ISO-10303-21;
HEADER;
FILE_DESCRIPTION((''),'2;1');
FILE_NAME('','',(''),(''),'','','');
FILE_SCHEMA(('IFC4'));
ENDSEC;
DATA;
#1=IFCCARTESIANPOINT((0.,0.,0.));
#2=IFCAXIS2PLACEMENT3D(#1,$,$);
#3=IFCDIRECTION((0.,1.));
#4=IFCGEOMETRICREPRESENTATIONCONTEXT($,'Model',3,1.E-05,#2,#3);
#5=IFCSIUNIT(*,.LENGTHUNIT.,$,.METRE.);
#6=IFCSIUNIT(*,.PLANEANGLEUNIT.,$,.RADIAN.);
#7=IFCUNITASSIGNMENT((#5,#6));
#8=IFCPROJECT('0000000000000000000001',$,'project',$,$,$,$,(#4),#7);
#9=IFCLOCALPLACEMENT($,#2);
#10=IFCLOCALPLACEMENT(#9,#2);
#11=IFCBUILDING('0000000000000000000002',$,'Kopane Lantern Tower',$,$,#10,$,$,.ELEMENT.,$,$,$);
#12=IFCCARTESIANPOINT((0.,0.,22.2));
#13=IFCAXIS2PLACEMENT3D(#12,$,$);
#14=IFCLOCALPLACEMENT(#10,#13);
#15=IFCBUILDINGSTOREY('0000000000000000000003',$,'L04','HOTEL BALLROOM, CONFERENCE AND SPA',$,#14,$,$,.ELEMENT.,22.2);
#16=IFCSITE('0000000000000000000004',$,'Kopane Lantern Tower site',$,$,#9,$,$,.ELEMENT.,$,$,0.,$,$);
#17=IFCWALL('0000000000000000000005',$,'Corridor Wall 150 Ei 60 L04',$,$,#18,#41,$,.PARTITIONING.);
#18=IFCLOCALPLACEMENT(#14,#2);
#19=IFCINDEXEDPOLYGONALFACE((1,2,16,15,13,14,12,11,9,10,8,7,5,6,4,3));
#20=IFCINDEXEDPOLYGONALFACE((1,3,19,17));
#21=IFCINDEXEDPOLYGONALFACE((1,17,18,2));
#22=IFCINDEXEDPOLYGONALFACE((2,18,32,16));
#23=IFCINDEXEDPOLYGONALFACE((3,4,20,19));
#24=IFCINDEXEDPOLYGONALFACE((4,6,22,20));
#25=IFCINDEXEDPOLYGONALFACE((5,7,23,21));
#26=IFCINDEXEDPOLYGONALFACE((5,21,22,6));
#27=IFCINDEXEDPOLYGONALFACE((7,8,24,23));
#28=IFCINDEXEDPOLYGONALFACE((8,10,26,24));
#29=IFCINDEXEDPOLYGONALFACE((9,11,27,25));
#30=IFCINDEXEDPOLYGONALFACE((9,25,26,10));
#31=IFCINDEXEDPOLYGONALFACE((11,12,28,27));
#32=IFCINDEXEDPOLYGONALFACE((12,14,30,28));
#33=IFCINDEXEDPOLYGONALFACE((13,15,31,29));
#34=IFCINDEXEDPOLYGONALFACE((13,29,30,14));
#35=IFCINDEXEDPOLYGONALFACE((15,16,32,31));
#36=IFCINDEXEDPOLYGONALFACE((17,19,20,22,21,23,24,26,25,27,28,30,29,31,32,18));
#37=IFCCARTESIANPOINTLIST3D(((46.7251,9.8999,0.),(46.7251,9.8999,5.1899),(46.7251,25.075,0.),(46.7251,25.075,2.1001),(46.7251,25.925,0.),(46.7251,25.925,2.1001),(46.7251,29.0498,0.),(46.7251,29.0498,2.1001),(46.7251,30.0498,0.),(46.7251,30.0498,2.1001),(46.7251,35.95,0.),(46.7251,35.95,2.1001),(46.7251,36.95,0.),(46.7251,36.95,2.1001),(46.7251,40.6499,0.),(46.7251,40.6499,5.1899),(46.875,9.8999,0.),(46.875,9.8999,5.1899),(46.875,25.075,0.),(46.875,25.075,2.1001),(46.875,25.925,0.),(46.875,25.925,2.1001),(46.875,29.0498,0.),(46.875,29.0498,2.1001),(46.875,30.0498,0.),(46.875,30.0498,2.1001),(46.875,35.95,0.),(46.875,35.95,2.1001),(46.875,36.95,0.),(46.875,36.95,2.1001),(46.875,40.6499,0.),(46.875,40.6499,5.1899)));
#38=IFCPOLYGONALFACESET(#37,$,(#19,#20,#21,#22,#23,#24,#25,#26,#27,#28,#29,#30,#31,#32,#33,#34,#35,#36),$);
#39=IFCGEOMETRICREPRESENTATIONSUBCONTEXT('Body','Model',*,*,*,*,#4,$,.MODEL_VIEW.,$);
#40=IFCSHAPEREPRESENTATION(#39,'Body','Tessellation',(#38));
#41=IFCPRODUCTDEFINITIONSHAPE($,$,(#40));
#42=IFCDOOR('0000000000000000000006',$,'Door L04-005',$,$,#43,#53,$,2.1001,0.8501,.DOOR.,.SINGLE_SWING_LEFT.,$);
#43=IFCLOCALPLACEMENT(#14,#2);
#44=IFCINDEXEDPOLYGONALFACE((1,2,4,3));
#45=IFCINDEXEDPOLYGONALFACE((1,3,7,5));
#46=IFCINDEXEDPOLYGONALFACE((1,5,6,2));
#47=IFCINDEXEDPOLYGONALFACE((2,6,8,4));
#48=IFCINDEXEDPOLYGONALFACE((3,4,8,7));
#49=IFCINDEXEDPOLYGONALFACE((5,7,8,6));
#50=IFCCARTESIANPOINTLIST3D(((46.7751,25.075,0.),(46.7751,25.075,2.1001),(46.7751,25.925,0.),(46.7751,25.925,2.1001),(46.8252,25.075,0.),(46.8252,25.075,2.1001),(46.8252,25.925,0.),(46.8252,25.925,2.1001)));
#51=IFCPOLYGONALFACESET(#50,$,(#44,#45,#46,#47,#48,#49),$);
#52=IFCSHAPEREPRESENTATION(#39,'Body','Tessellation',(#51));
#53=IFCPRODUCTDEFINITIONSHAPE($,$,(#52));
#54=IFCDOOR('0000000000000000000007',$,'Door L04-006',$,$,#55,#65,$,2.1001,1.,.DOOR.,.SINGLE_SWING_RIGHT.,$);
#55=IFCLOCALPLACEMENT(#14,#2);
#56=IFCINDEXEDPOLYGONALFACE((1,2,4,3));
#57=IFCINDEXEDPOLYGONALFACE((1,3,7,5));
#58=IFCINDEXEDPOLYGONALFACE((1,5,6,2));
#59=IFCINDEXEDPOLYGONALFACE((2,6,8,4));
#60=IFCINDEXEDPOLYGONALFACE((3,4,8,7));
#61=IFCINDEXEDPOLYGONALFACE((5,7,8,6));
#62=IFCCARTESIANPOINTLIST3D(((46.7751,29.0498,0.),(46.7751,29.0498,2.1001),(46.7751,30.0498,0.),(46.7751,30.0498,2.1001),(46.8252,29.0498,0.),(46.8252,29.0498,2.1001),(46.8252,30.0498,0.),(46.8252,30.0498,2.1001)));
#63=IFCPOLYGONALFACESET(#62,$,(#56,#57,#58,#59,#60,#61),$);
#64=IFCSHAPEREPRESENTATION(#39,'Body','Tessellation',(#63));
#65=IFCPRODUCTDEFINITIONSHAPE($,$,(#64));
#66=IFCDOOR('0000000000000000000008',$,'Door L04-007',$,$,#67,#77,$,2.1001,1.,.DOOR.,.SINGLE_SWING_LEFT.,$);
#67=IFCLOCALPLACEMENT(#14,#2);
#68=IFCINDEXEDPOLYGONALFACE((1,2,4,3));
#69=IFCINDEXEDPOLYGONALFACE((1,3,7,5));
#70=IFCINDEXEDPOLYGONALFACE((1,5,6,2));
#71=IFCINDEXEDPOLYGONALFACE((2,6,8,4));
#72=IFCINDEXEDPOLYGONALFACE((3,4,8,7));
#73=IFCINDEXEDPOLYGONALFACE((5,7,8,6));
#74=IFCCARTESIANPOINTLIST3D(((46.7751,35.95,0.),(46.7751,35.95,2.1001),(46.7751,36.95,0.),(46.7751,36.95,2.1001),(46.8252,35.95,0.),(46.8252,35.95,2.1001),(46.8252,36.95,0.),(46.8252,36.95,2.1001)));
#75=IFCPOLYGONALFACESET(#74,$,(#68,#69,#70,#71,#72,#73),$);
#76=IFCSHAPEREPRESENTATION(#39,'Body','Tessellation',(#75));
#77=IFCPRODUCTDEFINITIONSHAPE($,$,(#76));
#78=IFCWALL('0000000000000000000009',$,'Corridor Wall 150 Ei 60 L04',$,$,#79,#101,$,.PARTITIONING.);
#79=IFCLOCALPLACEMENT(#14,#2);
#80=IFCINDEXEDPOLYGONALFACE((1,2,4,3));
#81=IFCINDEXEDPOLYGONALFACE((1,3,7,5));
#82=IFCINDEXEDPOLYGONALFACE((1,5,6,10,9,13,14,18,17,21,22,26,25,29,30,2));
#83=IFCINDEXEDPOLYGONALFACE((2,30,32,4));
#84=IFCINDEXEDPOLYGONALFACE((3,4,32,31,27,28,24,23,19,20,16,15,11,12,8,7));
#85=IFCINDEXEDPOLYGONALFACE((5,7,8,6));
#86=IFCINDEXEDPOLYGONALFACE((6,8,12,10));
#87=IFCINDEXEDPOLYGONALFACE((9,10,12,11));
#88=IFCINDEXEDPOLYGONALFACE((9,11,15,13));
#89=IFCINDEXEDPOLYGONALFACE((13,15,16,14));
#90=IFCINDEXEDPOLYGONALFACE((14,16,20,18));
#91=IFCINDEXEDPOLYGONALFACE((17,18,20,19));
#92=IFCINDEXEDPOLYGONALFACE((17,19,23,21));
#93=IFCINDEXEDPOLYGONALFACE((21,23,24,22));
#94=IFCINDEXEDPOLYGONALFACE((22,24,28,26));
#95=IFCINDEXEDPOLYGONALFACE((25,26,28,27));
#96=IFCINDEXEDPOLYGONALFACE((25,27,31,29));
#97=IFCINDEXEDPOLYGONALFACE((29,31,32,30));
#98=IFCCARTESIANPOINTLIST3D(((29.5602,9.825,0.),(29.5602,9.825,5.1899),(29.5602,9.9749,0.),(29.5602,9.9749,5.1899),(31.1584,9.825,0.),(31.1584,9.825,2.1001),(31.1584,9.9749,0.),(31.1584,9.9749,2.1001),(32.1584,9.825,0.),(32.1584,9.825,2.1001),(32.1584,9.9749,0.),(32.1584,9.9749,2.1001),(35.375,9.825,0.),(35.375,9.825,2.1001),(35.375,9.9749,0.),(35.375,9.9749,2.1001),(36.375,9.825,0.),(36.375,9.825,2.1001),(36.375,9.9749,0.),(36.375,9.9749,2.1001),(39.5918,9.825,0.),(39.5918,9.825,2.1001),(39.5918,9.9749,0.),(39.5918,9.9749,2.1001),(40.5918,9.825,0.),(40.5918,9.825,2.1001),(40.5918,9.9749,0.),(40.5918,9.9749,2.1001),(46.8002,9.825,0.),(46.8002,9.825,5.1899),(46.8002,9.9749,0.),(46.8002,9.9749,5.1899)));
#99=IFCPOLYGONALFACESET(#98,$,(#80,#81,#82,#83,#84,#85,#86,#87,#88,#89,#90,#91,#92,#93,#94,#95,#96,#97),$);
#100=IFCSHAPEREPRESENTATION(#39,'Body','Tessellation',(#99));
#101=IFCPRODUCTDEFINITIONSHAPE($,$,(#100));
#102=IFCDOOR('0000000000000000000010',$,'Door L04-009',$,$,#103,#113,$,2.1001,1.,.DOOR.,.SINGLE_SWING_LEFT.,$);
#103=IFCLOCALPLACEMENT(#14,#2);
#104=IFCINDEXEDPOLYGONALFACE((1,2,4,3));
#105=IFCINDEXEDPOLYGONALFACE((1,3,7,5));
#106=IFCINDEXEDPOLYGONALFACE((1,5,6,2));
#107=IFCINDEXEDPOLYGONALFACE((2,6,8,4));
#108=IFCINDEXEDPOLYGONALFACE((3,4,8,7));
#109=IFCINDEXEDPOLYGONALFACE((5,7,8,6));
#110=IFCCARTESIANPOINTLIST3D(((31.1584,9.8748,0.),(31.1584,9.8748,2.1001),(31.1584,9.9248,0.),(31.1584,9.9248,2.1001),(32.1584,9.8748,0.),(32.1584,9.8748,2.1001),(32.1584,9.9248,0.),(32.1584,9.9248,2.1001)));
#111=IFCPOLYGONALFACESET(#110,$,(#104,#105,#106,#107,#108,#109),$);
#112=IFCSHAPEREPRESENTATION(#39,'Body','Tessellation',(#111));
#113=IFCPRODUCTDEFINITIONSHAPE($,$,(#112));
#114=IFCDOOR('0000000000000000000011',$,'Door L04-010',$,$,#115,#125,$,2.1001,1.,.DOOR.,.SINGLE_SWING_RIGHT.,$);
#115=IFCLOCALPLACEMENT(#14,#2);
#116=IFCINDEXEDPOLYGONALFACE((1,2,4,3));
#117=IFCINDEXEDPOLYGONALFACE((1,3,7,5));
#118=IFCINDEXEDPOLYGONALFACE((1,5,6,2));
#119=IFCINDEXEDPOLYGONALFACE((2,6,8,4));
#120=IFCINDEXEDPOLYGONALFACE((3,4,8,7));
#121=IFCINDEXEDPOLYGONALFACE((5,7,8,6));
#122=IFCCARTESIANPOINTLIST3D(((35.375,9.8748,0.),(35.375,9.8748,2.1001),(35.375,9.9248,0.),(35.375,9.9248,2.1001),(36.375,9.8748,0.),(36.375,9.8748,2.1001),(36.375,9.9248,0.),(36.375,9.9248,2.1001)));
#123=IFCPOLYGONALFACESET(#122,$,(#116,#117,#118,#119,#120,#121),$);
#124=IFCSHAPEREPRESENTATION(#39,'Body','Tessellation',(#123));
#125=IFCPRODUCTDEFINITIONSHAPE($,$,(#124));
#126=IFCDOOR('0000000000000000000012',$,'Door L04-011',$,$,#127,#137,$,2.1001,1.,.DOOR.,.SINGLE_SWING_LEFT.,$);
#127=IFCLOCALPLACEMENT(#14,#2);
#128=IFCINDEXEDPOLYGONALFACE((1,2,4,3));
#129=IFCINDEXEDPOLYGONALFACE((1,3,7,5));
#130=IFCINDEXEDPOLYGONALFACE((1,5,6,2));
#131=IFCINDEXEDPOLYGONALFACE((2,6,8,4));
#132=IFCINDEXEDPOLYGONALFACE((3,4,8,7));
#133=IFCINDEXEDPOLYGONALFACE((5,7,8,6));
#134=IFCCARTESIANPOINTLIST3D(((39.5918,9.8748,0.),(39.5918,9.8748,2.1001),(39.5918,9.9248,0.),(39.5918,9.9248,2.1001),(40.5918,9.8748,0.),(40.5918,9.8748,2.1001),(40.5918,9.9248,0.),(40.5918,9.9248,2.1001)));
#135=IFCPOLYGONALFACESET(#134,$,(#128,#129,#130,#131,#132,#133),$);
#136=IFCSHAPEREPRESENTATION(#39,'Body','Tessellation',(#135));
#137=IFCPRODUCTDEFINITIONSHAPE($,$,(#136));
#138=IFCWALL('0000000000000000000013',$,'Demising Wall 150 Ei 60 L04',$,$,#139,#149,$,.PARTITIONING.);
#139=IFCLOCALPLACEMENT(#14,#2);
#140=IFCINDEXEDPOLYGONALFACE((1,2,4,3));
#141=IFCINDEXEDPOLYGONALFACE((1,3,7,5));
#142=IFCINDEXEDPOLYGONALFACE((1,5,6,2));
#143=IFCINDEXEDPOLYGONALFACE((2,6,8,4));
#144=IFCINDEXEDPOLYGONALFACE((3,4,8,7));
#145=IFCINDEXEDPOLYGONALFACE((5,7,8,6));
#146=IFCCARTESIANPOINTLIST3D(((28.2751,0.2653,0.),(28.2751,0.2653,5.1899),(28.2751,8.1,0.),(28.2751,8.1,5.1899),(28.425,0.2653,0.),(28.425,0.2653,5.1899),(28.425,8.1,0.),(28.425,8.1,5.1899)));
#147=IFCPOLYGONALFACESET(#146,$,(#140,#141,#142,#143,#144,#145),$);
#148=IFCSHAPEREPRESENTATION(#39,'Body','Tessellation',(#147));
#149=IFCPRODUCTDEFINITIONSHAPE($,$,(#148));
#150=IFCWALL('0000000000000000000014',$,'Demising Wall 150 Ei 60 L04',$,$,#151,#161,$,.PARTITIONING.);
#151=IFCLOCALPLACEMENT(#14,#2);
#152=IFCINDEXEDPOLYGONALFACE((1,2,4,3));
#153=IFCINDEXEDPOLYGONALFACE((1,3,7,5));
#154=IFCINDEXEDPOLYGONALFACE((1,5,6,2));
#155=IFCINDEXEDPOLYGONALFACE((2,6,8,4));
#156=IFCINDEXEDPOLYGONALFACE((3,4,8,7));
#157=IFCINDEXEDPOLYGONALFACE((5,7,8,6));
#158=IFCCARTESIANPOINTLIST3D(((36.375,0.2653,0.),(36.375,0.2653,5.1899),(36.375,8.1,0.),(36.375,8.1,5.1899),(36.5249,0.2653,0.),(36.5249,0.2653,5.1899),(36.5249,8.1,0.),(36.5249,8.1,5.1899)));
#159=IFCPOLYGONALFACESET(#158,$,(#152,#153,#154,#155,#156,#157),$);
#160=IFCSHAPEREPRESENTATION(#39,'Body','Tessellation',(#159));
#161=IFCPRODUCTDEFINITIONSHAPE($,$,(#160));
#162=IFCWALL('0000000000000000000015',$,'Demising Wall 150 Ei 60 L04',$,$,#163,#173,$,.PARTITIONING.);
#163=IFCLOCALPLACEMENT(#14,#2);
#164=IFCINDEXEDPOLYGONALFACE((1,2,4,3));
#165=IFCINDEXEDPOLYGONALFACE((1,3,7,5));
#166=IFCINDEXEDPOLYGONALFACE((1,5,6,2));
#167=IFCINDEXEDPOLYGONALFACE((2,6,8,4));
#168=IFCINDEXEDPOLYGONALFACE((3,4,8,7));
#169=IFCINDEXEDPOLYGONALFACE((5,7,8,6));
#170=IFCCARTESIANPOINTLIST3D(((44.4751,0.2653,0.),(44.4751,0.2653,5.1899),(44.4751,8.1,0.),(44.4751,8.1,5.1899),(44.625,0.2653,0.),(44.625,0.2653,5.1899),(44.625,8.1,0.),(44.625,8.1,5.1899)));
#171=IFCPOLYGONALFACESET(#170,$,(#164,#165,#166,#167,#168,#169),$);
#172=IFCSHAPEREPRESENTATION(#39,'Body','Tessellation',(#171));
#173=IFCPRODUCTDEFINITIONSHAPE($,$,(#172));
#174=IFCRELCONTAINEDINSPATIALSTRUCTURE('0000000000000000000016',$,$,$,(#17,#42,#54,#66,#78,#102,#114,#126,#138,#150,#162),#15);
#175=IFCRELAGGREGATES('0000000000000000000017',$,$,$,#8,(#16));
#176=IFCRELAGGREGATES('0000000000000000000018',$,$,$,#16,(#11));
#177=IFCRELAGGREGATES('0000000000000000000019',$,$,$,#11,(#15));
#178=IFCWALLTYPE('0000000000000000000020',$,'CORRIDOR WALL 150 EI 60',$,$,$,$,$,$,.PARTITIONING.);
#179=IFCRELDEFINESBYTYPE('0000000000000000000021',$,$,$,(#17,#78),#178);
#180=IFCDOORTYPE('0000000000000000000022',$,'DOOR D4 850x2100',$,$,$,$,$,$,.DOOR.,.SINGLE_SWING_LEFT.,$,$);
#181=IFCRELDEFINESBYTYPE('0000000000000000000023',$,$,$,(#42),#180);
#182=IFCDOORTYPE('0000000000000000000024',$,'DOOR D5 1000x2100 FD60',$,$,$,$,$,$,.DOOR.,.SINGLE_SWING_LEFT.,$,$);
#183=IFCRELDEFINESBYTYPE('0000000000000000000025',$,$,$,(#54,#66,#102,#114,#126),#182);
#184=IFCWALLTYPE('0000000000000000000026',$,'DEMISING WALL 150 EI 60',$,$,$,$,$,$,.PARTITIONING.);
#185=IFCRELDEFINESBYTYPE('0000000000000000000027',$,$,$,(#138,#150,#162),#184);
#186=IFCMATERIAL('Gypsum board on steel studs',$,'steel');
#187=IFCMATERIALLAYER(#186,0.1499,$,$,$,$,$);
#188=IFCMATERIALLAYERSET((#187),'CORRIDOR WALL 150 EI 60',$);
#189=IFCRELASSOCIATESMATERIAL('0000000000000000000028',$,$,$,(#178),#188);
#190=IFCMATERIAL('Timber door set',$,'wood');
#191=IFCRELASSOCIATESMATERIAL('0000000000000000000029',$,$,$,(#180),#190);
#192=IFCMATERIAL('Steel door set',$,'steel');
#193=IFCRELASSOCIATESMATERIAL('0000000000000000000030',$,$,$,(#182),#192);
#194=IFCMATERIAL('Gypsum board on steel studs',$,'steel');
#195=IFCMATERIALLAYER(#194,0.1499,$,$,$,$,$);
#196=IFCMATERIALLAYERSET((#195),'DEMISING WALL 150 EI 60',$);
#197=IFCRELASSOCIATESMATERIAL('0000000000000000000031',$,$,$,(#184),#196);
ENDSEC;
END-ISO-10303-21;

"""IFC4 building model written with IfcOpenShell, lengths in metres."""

from ifc_helpers import new_model, si_unit, direction, frame, frame_2d, origin, place, context, subcontext, project, spatial, rectangle, extrude, material, layer, layer_set, type_object, element, fill, save


model = new_model("IFC4")

# Units and contexts
model_context = context("Model", 3, precision=1e-05, world=origin(), true_north=direction((0.0, 1.0)))
body_context = subcontext(model_context, "Body", "Model", "MODEL_VIEW")
ifc_project = project(units=[si_unit("LENGTHUNIT", "METRE"), si_unit("PLANEANGLEUNIT", "RADIAN")], contexts=[model_context])

# Site, building, storey
site_placement = place(None, origin())
site = spatial("IfcSite", under=ifc_project, at=site_placement, Name="Kopane Lantern Tower site", CompositionType="ELEMENT", RefElevation=0.0)
building_placement = place(site_placement, origin())
building = spatial("IfcBuilding", under=site, at=building_placement, Name="Kopane Lantern Tower", CompositionType="ELEMENT")
storey_placement = place(building_placement, frame((0.0, 0.0, 22.2)))
storey = spatial("IfcBuildingStorey", under=building, at=storey_placement, Name="L04", Description="HOTEL BALLROOM, CONFERENCE AND SPA", CompositionType="ELEMENT", Elevation=22.2)

# Walls, openings, doors
ifc_material_1 = material(Name="Gypsum board on steel studs", Category="steel")
ifc_layer_1 = layer(ifc_material_1, 0.1499)
ifc_layer_set_1 = layer_set([ifc_layer_1], Name="CORRIDOR WALL 150 EI 60")
wall_type_1 = type_object("IfcWallType", Name="CORRIDOR WALL 150 EI 60", PredefinedType="PARTITIONING", material=ifc_layer_set_1)
wall_1_placement = place(storey_placement, frame((46.8, 9.8999, 0.0), z_axis=(0.0, 0.0, 1.0), x_axis=(0.0, 1.0, 0.0)))
wall_1 = element("IfcWall", 1, at=wall_1_placement, inside=storey, type_object=wall_type_1, Name="Corridor Wall 150 Ei 60 L04", PredefinedType="PARTITIONING", context=body_context, shape_type="SweptSolid", body=[
    extrude(rectangle(XDim=30.75, YDim=0.1499, at=frame_2d((15.375, 0.0))), origin(), (0.0, 0.0, 1.0), 5.1899),
])
opening_1_placement = place(wall_1_placement, frame((15.175, 0.0, 0.0)))
opening_1 = element("IfcOpeningElement", 2, at=opening_1_placement, cuts=wall_1, PredefinedType="OPENING", context=body_context, shape_type="SweptSolid", body=[
    extrude(rectangle(XDim=0.8501, YDim=2.1001, at=frame_2d((0.425, 1.05))), frame((0.0, 0.085, 0.0), z_axis=(0.0, -1.0, 0.0), x_axis=(1.0, 0.0, 0.0)), (0.0, 0.0, 1.0), 0.1699),
])
opening_2_placement = place(wall_1_placement, frame((19.1499, 0.0, 0.0)))
opening_2 = element("IfcOpeningElement", 3, at=opening_2_placement, cuts=wall_1, PredefinedType="OPENING", context=body_context, shape_type="SweptSolid", body=[
    extrude(rectangle(XDim=1.0, YDim=2.1001, at=frame_2d((0.5, 1.05))), frame((0.0, 0.085, 0.0), z_axis=(0.0, -1.0, 0.0), x_axis=(1.0, 0.0, 0.0)), (0.0, 0.0, 1.0), 0.1699),
])
opening_3_placement = place(wall_1_placement, frame((26.05, 0.0, 0.0)))
opening_3 = element("IfcOpeningElement", 4, at=opening_3_placement, cuts=wall_1, PredefinedType="OPENING", context=body_context, shape_type="SweptSolid", body=[
    extrude(rectangle(XDim=1.0, YDim=2.1001, at=frame_2d((0.5, 1.05))), frame((0.0, 0.085, 0.0), z_axis=(0.0, -1.0, 0.0), x_axis=(1.0, 0.0, 0.0)), (0.0, 0.0, 1.0), 0.1699),
])
ifc_material_2 = material(Name="Timber door set", Category="wood")
door_type_1 = type_object("IfcDoorType", Name="DOOR D4 850x2100", OperationType="SINGLE_SWING_LEFT", PredefinedType="DOOR", material=ifc_material_2)
door_1_placement = place(opening_1_placement, origin())
door_1 = element("IfcDoor", 5, at=door_1_placement, inside=storey, type_object=door_type_1, Name="Door L04-005", OperationType="SINGLE_SWING_LEFT", OverallHeight=2.1001, OverallWidth=0.8501, PredefinedType="DOOR", context=body_context, shape_type="SweptSolid", body=[
    extrude(rectangle(XDim=0.8501, YDim=2.1001, at=frame_2d((0.425, 1.05))), frame((0.0, 0.0249, 0.0), z_axis=(0.0, -1.0, 0.0), x_axis=(1.0, 0.0, 0.0)), (0.0, 0.0, 1.0), 0.05),
])
fill(opening_1, door_1)
ifc_material_3 = material(Name="Steel door set", Category="steel")
door_type_2 = type_object("IfcDoorType", Name="DOOR D5 1000x2100 FD60", OperationType="SINGLE_SWING_LEFT", PredefinedType="DOOR", material=ifc_material_3)
door_2_placement = place(opening_2_placement, origin())
door_2 = element("IfcDoor", 6, at=door_2_placement, inside=storey, type_object=door_type_2, Name="Door L04-006", OperationType="SINGLE_SWING_RIGHT", OverallHeight=2.1001, OverallWidth=1.0, PredefinedType="DOOR", context=body_context, shape_type="SweptSolid", body=[
    extrude(rectangle(XDim=1.0, YDim=2.1001, at=frame_2d((0.5, 1.05))), frame((0.0, 0.0249, 0.0), z_axis=(0.0, -1.0, 0.0), x_axis=(1.0, 0.0, 0.0)), (0.0, 0.0, 1.0), 0.05),
])
fill(opening_2, door_2)
door_3_placement = place(opening_3_placement, origin())
door_3 = element("IfcDoor", 7, at=door_3_placement, inside=storey, type_object=door_type_2, Name="Door L04-007", OperationType="SINGLE_SWING_LEFT", OverallHeight=2.1001, OverallWidth=1.0, PredefinedType="DOOR", context=body_context, shape_type="SweptSolid", body=[
    extrude(rectangle(XDim=1.0, YDim=2.1001, at=frame_2d((0.5, 1.05))), frame((0.0, 0.0249, 0.0), z_axis=(0.0, -1.0, 0.0), x_axis=(1.0, 0.0, 0.0)), (0.0, 0.0, 1.0), 0.05),
])
fill(opening_3, door_3)
wall_2_placement = place(storey_placement, frame((29.5601, 9.8999, 0.0), z_axis=(0.0, 0.0, 1.0), x_axis=(1.0, 0.0, 0.0)))
wall_2 = element("IfcWall", 8, at=wall_2_placement, inside=storey, type_object=wall_type_1, Name="Corridor Wall 150 Ei 60 L04", PredefinedType="PARTITIONING", context=body_context, shape_type="SweptSolid", body=[
    extrude(rectangle(XDim=17.24, YDim=0.1499, at=frame_2d((8.6201, 0.0))), origin(), (0.0, 0.0, 1.0), 5.1899),
])
opening_4_placement = place(wall_2_placement, frame((1.5984, 0.0, 0.0)))
opening_4 = element("IfcOpeningElement", 9, at=opening_4_placement, cuts=wall_2, PredefinedType="OPENING", context=body_context, shape_type="SweptSolid", body=[
    extrude(rectangle(XDim=1.0, YDim=2.1001, at=frame_2d((0.5, 1.05))), frame((0.0, 0.085, 0.0), z_axis=(0.0, -1.0, 0.0), x_axis=(1.0, 0.0, 0.0)), (0.0, 0.0, 1.0), 0.1699),
])
opening_5_placement = place(wall_2_placement, frame((5.8149, 0.0, 0.0)))
opening_5 = element("IfcOpeningElement", 10, at=opening_5_placement, cuts=wall_2, PredefinedType="OPENING", context=body_context, shape_type="SweptSolid", body=[
    extrude(rectangle(XDim=1.0, YDim=2.1001, at=frame_2d((0.5, 1.05))), frame((0.0, 0.085, 0.0), z_axis=(0.0, -1.0, 0.0), x_axis=(1.0, 0.0, 0.0)), (0.0, 0.0, 1.0), 0.1699),
])
opening_6_placement = place(wall_2_placement, frame((10.0317, 0.0, 0.0)))
opening_6 = element("IfcOpeningElement", 11, at=opening_6_placement, cuts=wall_2, PredefinedType="OPENING", context=body_context, shape_type="SweptSolid", body=[
    extrude(rectangle(XDim=1.0, YDim=2.1001, at=frame_2d((0.5, 1.05))), frame((0.0, 0.085, 0.0), z_axis=(0.0, -1.0, 0.0), x_axis=(1.0, 0.0, 0.0)), (0.0, 0.0, 1.0), 0.1699),
])
door_4_placement = place(opening_4_placement, origin())
door_4 = element("IfcDoor", 12, at=door_4_placement, inside=storey, type_object=door_type_2, Name="Door L04-009", OperationType="SINGLE_SWING_LEFT", OverallHeight=2.1001, OverallWidth=1.0, PredefinedType="DOOR", context=body_context, shape_type="SweptSolid", body=[
    extrude(rectangle(XDim=1.0, YDim=2.1001, at=frame_2d((0.5, 1.05))), frame((0.0, 0.0249, 0.0), z_axis=(0.0, -1.0, 0.0), x_axis=(1.0, 0.0, 0.0)), (0.0, 0.0, 1.0), 0.05),
])
fill(opening_4, door_4)
door_5_placement = place(opening_5_placement, origin())
door_5 = element("IfcDoor", 13, at=door_5_placement, inside=storey, type_object=door_type_2, Name="Door L04-010", OperationType="SINGLE_SWING_RIGHT", OverallHeight=2.1001, OverallWidth=1.0, PredefinedType="DOOR", context=body_context, shape_type="SweptSolid", body=[
    extrude(rectangle(XDim=1.0, YDim=2.1001, at=frame_2d((0.5, 1.05))), frame((0.0, 0.0249, 0.0), z_axis=(0.0, -1.0, 0.0), x_axis=(1.0, 0.0, 0.0)), (0.0, 0.0, 1.0), 0.05),
])
fill(opening_5, door_5)
door_6_placement = place(opening_6_placement, origin())
door_6 = element("IfcDoor", 14, at=door_6_placement, inside=storey, type_object=door_type_2, Name="Door L04-011", OperationType="SINGLE_SWING_LEFT", OverallHeight=2.1001, OverallWidth=1.0, PredefinedType="DOOR", context=body_context, shape_type="SweptSolid", body=[
    extrude(rectangle(XDim=1.0, YDim=2.1001, at=frame_2d((0.5, 1.05))), frame((0.0, 0.0249, 0.0), z_axis=(0.0, -1.0, 0.0), x_axis=(1.0, 0.0, 0.0)), (0.0, 0.0, 1.0), 0.05),
])
fill(opening_6, door_6)

# Walls
ifc_material_4 = material(Name="Gypsum board on steel studs", Category="steel")
ifc_layer_2 = layer(ifc_material_4, 0.1499)
ifc_layer_set_2 = layer_set([ifc_layer_2], Name="DEMISING WALL 150 EI 60")
wall_type_2 = type_object("IfcWallType", Name="DEMISING WALL 150 EI 60", PredefinedType="PARTITIONING", material=ifc_layer_set_2)
for number, where, z_axis, x_axis, name in (
    (15, (28.3501, 8.1001, 0.0), (0.0, 0.0, 1.0), (0.0, -1.0, 0.0), "Demising Wall 150 Ei 60 L04"),
    (16, (36.45, 8.1001, 0.0), (0.0, 0.0, 1.0), (0.0, -1.0, 0.0), "Demising Wall 150 Ei 60 L04"),
    (17, (44.55, 8.1001, 0.0), (0.0, 0.0, 1.0), (0.0, -1.0, 0.0), "Demising Wall 150 Ei 60 L04"),
):
    element("IfcWall", number, at=place(storey_placement, frame(where, z_axis=z_axis, x_axis=x_axis)), inside=storey, type_object=wall_type_2, Name=name, PredefinedType="PARTITIONING", context=body_context, shape_type="SweptSolid", body=[
        extrude(rectangle(XDim=7.8347, YDim=0.1499, at=frame_2d((3.9175, 0.0))), origin(), (0.0, 0.0, 1.0), 5.1899),
    ])

save(model, "model.ifc")
